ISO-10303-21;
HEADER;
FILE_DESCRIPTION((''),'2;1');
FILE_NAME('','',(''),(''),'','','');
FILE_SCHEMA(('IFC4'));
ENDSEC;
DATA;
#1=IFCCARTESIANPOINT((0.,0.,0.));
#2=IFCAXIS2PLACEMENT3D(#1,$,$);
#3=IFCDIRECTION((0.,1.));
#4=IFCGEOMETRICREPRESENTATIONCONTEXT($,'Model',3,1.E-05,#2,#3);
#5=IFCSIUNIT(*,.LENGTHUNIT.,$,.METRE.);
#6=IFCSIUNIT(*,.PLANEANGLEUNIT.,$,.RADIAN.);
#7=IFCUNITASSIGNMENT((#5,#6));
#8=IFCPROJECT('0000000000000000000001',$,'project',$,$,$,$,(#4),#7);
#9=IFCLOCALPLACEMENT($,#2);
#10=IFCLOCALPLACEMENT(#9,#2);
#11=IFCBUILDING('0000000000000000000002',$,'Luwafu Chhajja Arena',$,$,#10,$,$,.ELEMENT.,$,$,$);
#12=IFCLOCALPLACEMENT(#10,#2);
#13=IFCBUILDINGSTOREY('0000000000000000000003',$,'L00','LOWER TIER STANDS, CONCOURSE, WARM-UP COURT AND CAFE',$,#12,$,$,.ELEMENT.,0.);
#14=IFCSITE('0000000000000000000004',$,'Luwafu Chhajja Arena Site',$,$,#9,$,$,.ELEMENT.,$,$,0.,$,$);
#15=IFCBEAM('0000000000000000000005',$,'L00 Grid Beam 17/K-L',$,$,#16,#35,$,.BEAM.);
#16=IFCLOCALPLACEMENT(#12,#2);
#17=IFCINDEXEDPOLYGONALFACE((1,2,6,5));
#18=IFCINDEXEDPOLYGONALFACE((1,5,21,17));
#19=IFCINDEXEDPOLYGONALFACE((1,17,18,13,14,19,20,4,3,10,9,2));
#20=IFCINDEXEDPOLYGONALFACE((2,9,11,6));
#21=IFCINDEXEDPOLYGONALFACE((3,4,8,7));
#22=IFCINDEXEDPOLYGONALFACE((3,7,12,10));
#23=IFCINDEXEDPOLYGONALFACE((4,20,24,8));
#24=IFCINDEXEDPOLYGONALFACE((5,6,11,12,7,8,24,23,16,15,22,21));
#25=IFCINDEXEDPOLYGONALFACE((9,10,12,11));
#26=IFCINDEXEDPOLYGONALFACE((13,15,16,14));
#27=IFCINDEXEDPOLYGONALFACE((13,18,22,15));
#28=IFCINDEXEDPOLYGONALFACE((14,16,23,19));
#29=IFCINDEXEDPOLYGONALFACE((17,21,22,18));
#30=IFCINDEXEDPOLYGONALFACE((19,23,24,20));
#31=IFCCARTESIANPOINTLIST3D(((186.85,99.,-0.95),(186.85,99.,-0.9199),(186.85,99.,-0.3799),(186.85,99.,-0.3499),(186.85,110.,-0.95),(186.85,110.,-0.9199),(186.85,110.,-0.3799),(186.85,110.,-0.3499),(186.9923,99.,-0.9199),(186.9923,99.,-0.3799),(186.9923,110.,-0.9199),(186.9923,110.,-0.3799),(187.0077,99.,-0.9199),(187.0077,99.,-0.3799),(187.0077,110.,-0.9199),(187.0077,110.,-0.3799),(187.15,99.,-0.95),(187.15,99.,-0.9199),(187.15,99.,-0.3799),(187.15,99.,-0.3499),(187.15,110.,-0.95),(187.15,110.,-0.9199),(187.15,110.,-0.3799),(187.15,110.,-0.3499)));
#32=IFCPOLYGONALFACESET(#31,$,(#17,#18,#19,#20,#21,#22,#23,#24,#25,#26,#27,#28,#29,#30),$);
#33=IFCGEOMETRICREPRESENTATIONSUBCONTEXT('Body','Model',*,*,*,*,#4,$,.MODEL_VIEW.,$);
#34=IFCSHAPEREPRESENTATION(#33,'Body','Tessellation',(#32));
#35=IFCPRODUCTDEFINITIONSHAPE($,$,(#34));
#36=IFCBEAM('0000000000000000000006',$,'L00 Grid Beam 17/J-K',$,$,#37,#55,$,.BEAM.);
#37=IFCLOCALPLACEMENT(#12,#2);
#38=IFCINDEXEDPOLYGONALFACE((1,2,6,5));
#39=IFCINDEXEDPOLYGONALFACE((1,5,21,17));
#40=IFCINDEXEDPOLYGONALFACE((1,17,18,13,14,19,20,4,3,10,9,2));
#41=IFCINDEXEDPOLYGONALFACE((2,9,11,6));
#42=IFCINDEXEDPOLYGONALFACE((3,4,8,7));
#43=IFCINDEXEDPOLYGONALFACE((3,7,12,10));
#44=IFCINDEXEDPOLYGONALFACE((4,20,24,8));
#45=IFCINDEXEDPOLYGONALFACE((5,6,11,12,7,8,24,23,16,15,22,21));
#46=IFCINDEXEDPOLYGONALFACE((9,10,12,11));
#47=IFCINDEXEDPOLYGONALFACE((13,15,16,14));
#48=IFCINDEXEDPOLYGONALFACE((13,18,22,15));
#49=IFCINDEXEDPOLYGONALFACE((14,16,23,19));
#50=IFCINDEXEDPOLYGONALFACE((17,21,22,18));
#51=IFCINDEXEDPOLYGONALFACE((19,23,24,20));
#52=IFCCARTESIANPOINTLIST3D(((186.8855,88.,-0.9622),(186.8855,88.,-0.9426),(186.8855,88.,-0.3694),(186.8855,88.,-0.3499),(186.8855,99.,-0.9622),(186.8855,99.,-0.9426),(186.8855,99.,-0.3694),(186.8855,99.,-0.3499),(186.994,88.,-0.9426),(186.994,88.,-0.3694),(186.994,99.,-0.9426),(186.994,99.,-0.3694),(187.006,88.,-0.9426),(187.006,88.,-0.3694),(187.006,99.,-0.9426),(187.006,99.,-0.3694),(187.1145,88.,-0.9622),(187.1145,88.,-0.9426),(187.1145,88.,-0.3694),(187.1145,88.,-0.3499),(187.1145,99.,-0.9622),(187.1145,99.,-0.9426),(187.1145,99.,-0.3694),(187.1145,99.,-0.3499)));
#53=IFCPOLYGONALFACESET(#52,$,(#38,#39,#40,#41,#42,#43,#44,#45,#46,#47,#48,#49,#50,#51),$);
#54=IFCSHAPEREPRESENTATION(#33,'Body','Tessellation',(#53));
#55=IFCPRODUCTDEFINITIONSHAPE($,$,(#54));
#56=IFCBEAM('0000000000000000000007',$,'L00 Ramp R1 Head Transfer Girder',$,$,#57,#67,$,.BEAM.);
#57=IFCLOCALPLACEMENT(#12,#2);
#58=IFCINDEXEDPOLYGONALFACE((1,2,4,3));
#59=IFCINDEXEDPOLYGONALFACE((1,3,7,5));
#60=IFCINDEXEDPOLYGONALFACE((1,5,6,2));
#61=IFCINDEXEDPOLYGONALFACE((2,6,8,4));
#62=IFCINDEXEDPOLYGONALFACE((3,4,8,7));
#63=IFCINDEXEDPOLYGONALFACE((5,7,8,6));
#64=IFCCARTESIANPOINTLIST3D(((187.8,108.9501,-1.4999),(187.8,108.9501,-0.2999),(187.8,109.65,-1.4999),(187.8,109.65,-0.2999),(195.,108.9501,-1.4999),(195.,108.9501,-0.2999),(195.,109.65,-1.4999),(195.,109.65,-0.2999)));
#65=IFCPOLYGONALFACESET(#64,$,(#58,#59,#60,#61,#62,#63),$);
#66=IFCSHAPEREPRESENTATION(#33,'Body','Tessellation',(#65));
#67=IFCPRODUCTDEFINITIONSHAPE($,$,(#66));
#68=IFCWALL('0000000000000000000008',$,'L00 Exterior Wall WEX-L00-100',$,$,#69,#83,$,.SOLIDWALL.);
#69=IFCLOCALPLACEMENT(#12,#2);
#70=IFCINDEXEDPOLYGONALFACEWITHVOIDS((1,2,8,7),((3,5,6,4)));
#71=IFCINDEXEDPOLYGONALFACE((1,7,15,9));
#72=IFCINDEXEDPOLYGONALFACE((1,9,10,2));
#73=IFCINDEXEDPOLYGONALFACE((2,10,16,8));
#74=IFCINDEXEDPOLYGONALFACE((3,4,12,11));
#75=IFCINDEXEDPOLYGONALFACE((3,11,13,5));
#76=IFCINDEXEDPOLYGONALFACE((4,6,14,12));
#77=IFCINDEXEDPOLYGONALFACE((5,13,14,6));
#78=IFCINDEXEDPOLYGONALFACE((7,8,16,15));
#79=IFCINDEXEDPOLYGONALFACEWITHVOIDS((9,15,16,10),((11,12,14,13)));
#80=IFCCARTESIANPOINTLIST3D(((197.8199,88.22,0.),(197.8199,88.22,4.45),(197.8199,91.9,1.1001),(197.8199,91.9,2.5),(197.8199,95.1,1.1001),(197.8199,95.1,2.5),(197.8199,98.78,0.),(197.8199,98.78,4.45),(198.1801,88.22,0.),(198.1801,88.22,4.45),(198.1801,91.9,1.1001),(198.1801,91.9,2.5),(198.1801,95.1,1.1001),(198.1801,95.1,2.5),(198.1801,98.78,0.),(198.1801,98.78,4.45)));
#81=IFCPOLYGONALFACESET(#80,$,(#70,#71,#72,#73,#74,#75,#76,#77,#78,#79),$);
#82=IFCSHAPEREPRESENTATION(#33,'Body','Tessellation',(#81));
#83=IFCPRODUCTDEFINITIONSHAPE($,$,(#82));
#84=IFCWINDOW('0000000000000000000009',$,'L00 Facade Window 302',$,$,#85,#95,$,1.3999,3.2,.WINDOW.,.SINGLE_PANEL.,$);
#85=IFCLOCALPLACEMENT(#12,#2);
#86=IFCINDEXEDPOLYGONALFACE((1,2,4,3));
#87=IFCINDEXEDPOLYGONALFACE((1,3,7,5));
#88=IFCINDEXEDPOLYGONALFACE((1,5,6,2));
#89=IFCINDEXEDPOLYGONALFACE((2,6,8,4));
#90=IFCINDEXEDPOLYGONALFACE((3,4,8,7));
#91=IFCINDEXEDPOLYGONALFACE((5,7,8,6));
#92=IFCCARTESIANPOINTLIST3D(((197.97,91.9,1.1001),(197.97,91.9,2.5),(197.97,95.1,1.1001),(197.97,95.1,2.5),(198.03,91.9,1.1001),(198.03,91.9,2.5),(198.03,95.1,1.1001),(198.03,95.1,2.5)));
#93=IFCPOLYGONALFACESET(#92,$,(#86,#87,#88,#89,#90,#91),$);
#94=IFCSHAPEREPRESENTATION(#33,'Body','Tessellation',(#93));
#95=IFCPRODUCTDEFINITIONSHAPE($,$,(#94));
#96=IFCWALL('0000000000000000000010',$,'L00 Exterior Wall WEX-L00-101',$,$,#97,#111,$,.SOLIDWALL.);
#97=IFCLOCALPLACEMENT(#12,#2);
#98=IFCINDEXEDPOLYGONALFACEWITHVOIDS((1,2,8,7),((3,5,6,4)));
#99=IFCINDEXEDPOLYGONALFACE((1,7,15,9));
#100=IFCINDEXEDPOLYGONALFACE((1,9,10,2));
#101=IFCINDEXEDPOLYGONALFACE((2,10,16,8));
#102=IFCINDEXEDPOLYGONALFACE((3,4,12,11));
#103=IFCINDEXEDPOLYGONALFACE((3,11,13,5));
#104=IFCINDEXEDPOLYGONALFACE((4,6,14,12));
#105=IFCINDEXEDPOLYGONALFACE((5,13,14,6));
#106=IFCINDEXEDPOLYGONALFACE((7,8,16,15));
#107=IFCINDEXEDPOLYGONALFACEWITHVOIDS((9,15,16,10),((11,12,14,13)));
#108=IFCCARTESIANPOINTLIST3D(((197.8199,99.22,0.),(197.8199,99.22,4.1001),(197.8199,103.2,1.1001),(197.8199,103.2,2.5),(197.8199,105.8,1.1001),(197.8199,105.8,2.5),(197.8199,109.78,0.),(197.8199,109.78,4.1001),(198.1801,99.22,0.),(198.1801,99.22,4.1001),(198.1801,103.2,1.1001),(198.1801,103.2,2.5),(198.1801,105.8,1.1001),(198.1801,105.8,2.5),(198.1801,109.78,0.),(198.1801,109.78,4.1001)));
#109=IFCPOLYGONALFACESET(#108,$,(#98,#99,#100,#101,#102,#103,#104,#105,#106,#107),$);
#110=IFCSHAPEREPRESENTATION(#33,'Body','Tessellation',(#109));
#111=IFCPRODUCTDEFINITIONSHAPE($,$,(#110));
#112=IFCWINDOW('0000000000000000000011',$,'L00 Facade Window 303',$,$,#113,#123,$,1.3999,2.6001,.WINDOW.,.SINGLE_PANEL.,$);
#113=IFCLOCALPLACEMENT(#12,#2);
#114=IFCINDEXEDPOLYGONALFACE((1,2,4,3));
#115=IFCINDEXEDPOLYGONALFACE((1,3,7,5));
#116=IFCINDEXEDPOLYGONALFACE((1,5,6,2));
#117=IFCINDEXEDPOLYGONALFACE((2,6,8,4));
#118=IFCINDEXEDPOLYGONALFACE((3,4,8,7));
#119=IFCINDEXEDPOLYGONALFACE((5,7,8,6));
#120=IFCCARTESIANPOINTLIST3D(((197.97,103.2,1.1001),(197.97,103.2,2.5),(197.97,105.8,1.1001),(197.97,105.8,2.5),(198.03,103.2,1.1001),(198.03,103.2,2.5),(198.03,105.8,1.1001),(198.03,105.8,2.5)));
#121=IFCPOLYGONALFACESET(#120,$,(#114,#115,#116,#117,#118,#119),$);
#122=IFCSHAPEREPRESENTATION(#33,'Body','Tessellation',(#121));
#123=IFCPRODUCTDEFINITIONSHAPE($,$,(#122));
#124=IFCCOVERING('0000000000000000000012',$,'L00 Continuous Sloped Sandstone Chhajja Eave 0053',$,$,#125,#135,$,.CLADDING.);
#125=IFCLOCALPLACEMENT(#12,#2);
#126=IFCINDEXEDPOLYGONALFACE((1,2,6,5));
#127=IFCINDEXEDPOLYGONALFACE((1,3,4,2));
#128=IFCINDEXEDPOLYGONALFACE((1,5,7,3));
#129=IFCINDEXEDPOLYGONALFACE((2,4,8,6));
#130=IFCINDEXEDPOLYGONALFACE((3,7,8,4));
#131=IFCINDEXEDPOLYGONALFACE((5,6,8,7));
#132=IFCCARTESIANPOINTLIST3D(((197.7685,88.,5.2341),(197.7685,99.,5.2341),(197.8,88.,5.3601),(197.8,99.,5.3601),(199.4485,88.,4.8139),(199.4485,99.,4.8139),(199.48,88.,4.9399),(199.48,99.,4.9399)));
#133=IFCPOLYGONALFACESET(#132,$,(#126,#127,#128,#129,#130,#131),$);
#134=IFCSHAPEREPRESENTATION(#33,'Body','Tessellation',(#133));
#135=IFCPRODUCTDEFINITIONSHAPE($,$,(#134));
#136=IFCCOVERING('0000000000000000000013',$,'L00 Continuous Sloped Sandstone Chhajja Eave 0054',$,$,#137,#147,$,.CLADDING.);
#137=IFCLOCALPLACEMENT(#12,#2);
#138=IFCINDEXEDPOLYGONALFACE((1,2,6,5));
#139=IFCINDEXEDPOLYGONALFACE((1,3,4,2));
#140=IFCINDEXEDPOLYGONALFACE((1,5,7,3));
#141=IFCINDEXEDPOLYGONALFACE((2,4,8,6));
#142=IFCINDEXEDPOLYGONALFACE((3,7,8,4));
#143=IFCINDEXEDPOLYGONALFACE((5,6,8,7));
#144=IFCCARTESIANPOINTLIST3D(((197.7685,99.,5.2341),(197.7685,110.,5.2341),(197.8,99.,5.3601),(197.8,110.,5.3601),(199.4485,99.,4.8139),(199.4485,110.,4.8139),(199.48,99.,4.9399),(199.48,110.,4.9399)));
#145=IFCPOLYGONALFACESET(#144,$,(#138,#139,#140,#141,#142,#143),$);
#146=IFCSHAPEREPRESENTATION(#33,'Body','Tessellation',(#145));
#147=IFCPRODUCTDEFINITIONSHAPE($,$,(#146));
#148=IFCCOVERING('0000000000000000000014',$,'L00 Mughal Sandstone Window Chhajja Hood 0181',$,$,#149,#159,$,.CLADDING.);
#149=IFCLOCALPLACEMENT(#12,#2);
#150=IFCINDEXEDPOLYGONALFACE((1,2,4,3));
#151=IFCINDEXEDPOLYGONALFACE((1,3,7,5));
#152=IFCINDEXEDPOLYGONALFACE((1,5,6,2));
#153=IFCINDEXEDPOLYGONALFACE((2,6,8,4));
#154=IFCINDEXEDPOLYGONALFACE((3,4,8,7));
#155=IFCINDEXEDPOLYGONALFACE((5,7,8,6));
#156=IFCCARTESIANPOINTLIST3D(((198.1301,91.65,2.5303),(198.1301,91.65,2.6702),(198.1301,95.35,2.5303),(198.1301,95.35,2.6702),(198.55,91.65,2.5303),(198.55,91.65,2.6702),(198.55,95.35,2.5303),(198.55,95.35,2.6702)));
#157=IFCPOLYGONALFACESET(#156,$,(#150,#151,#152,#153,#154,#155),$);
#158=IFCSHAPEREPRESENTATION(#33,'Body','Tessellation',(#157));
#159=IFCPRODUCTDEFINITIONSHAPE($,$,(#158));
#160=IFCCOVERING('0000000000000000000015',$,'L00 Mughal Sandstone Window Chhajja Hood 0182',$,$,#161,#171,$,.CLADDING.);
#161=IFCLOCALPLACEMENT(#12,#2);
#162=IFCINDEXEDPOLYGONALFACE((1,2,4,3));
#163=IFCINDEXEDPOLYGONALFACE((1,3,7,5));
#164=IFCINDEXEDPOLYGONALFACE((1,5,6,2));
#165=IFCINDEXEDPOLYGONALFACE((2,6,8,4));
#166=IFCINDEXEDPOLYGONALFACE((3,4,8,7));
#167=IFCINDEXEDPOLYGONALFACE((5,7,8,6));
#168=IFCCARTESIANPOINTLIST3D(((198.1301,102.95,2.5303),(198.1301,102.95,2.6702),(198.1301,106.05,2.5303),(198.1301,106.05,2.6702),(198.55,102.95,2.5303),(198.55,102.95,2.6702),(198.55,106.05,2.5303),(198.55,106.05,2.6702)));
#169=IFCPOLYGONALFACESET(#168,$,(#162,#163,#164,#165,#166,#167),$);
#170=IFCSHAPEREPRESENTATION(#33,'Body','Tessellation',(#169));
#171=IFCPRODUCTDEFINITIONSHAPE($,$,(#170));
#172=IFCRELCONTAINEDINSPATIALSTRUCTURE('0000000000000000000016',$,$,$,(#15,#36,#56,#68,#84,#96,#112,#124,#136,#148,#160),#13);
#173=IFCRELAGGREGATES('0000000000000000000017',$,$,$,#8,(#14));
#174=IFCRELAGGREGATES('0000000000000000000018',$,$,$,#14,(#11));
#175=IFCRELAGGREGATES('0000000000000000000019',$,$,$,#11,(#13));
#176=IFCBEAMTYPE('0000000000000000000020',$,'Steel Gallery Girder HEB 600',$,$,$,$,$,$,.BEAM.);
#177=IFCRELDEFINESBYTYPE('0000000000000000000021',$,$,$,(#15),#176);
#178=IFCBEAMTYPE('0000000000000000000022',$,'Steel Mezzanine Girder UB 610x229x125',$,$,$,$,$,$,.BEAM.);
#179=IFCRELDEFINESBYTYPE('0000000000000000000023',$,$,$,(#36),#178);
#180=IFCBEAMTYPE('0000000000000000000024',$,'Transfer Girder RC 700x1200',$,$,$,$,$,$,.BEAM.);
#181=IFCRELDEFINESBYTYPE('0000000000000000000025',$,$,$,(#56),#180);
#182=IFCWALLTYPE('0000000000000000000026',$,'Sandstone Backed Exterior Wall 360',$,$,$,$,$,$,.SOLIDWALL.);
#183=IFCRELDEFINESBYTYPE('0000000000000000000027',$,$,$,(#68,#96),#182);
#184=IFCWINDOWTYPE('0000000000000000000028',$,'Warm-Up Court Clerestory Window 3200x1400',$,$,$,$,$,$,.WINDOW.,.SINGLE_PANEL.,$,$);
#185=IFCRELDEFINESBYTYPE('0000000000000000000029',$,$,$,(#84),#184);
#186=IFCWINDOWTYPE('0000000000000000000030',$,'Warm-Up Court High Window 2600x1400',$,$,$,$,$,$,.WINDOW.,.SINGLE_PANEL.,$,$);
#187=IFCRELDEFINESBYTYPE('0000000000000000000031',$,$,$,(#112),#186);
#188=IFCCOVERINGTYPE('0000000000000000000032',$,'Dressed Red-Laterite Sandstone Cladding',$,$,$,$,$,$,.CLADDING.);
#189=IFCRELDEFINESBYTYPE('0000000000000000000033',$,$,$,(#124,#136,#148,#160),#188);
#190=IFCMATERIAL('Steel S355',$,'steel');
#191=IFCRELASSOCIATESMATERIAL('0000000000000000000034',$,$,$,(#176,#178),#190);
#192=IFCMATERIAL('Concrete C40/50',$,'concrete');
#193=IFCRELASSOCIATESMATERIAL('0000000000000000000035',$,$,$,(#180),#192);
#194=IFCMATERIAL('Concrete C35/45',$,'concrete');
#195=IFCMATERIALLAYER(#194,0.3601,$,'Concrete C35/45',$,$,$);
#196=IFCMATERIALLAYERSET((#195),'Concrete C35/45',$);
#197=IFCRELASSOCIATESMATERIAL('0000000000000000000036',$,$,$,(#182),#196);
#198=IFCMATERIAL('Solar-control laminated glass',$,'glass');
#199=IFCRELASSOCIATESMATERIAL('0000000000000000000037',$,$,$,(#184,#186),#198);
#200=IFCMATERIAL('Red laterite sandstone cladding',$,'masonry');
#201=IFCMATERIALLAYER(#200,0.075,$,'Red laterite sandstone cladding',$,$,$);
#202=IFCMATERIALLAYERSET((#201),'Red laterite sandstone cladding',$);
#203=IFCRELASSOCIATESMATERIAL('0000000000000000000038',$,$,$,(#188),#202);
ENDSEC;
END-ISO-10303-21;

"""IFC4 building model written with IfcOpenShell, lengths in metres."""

from ifc_helpers import new_model, si_unit, direction, frame, frame_2d, origin, origin_2d, place, context, subcontext, project, spatial, polyline, rectangle, i_section, outline, extrude, material, layer, layer_set, material_profile, profile_set, type_object, element, fill, save


model = new_model("IFC4")

# Units and contexts
model_context = context("Model", 3, precision=1e-05, world=origin(), true_north=direction((0.0, 1.0)))
body_context = subcontext(model_context, "Body", "Model", "MODEL_VIEW")
ifc_project = project(units=[si_unit("LENGTHUNIT", "METRE"), si_unit("PLANEANGLEUNIT", "RADIAN")], contexts=[model_context])

# Site, building, storey
site_placement = place(None, origin())
site = spatial("IfcSite", under=ifc_project, at=site_placement, Name="Luwafu Chhajja Arena Site", CompositionType="ELEMENT", RefElevation=0.0)
building_placement = place(site_placement, origin())
building = spatial("IfcBuilding", under=site, at=building_placement, Name="Luwafu Chhajja Arena", CompositionType="ELEMENT")
storey_placement = place(building_placement, origin())
storey = spatial("IfcBuildingStorey", under=building, at=storey_placement, Name="L00", Description="LOWER TIER STANDS, CONCOURSE, WARM-UP COURT AND CAFE", CompositionType="ELEMENT", Elevation=0.0)

# Shared definitions
ifc_material_1 = material(Name="Concrete C35/45", Category="concrete")
ifc_material_2 = material(Name="Concrete C40/50", Category="concrete")

# Beams
ifc_material_3 = material(Name="Steel S355", Category="steel")
ifc_material_profile_1 = material_profile(ifc_material_3, i_section(OverallWidth=0.3, OverallDepth=0.6001, WebThickness=0.0154, FlangeThickness=0.03, at=origin_2d()), Name="HEB 600")
ifc_profile_set_1 = profile_set([ifc_material_profile_1], Name="Steel S355")
beam_type_1 = type_object("IfcBeamType", Name="Steel Gallery Girder HEB 600", PredefinedType="BEAM", material=ifc_profile_set_1)
beam_1_placement = place(storey_placement, frame((187.0, 99.0, -0.6499), z_axis=(0.0, 1.0, 0.0), x_axis=(-1.0, 0.0, 0.0)))
element("IfcBeam", 1, at=beam_1_placement, inside=storey, type_object=beam_type_1, Name="L00 Grid Beam 17/K-L", PredefinedType="BEAM", context=body_context, shape_type="SweptSolid", body=[
    extrude(i_section(OverallWidth=0.3, OverallDepth=0.6001, WebThickness=0.0154, FlangeThickness=0.03, at=origin_2d()), origin(), (0.0, 0.0, 1.0), 11.0),
])
ifc_material_profile_2 = material_profile(ifc_material_3, i_section(OverallWidth=0.229, OverallDepth=0.6123, WebThickness=0.012, FlangeThickness=0.0195, at=origin_2d()), Name="UB 610x229x125")
ifc_profile_set_2 = profile_set([ifc_material_profile_2], Name="Steel S355")
beam_type_2 = type_object("IfcBeamType", Name="Steel Mezzanine Girder UB 610x229x125", PredefinedType="BEAM", material=ifc_profile_set_2)
beam_2_placement = place(storey_placement, frame((187.0, 88.0, -0.656), z_axis=(0.0, 1.0, 0.0), x_axis=(-1.0, 0.0, 0.0)))
element("IfcBeam", 2, at=beam_2_placement, inside=storey, type_object=beam_type_2, Name="L00 Grid Beam 17/J-K", PredefinedType="BEAM", context=body_context, shape_type="SweptSolid", body=[
    extrude(i_section(OverallWidth=0.229, OverallDepth=0.6123, WebThickness=0.012, FlangeThickness=0.0195, at=origin_2d()), origin(), (0.0, 0.0, 1.0), 11.0),
])
ifc_material_profile_3 = material_profile(ifc_material_2, rectangle(XDim=0.7, YDim=1.2, at=origin_2d()), Name="PC 700x1200")
ifc_profile_set_3 = profile_set([ifc_material_profile_3], Name="Concrete C40/50")
beam_type_3 = type_object("IfcBeamType", Name="Transfer Girder RC 700x1200", PredefinedType="BEAM", material=ifc_profile_set_3)
beam_3_placement = place(storey_placement, frame((187.8, 109.3, -0.8999), z_axis=(1.0, 0.0, 0.0), x_axis=(0.0, 1.0, 0.0)))
element("IfcBeam", 3, at=beam_3_placement, inside=storey, type_object=beam_type_3, Name="L00 Ramp R1 Head Transfer Girder", PredefinedType="BEAM", context=body_context, shape_type="SweptSolid", body=[
    extrude(rectangle(XDim=0.7, YDim=1.2, at=origin_2d()), origin(), (0.0, 0.0, 1.0), 7.2),
])

# Walls, openings, windows
ifc_layer_1 = layer(ifc_material_1, 0.3601, Name="Concrete C35/45")
ifc_layer_set_1 = layer_set([ifc_layer_1], Name="Concrete C35/45")
wall_type = type_object("IfcWallType", Name="Sandstone Backed Exterior Wall 360", PredefinedType="SOLIDWALL", material=ifc_layer_set_1)
wall_1_placement = place(storey_placement, frame((198.0, 88.22, 0.0), z_axis=(0.0, 0.0, 1.0), x_axis=(0.0, 1.0, 0.0)))
wall_1 = element("IfcWall", 4, at=wall_1_placement, inside=storey, type_object=wall_type, Name="L00 Exterior Wall WEX-L00-100", PredefinedType="SOLIDWALL", context=body_context, shape_type="SweptSolid", body=[
    extrude(rectangle(XDim=10.5601, YDim=0.3601, at=frame_2d((5.28, 0.0))), origin(), (0.0, 0.0, 1.0), 4.45),
])
opening_1_placement = place(wall_1_placement, frame((3.6799, 0.0, 1.1001)))
opening_1 = element("IfcOpeningElement", 5, at=opening_1_placement, cuts=wall_1, PredefinedType="OPENING", context=body_context, shape_type="SweptSolid", body=[
    extrude(rectangle(XDim=3.2, YDim=1.3999, at=frame_2d((1.6001, 0.7))), frame((0.0, 0.1899, 0.0), z_axis=(0.0, -1.0, 0.0), x_axis=(1.0, 0.0, 0.0)), (0.0, 0.0, 1.0), 0.3801),
])
ifc_material_4 = material(Name="Solar-control laminated glass", Category="glass")
window_type_1 = type_object("IfcWindowType", Name="Warm-Up Court Clerestory Window 3200x1400", PartitioningType="SINGLE_PANEL", PredefinedType="WINDOW", material=ifc_material_4)
window_1_placement = place(opening_1_placement, origin())
window_1 = element("IfcWindow", 6, at=window_1_placement, inside=storey, type_object=window_type_1, Name="L00 Facade Window 302", OverallHeight=1.3999, OverallWidth=3.2, PartitioningType="SINGLE_PANEL", PredefinedType="WINDOW", context=body_context, shape_type="SweptSolid", body=[
    extrude(rectangle(XDim=3.2, YDim=1.3999, at=frame_2d((1.6001, 0.7))), frame((0.0, 0.03, 0.0), z_axis=(0.0, -1.0, 0.0), x_axis=(1.0, 0.0, 0.0)), (0.0, 0.0, 1.0), 0.0601),
])
fill(opening_1, window_1)
wall_2_placement = place(storey_placement, frame((198.0, 99.22, 0.0), z_axis=(0.0, 0.0, 1.0), x_axis=(0.0, 1.0, 0.0)))
wall_2 = element("IfcWall", 7, at=wall_2_placement, inside=storey, type_object=wall_type, Name="L00 Exterior Wall WEX-L00-101", PredefinedType="SOLIDWALL", context=body_context, shape_type="SweptSolid", body=[
    extrude(rectangle(XDim=10.5601, YDim=0.3601, at=frame_2d((5.28, 0.0))), origin(), (0.0, 0.0, 1.0), 4.1001),
])
opening_2_placement = place(wall_2_placement, frame((3.98, 0.0, 1.1001)))
opening_2 = element("IfcOpeningElement", 8, at=opening_2_placement, cuts=wall_2, PredefinedType="OPENING", context=body_context, shape_type="SweptSolid", body=[
    extrude(rectangle(XDim=2.6001, YDim=1.3999, at=frame_2d((1.3, 0.7))), frame((0.0, 0.1899, 0.0), z_axis=(0.0, -1.0, 0.0), x_axis=(1.0, 0.0, 0.0)), (0.0, 0.0, 1.0), 0.3801),
])
window_type_2 = type_object("IfcWindowType", Name="Warm-Up Court High Window 2600x1400", PartitioningType="SINGLE_PANEL", PredefinedType="WINDOW", material=ifc_material_4)
window_2_placement = place(opening_2_placement, origin())
window_2 = element("IfcWindow", 9, at=window_2_placement, inside=storey, type_object=window_type_2, Name="L00 Facade Window 303", OverallHeight=1.3999, OverallWidth=2.6001, PartitioningType="SINGLE_PANEL", PredefinedType="WINDOW", context=body_context, shape_type="SweptSolid", body=[
    extrude(rectangle(XDim=2.6001, YDim=1.3999, at=frame_2d((1.3, 0.7))), frame((0.0, 0.03, 0.0), z_axis=(0.0, -1.0, 0.0), x_axis=(1.0, 0.0, 0.0)), (0.0, 0.0, 1.0), 0.0601),
])
fill(opening_2, window_2)

# Coverings
ifc_material_5 = material(Name="Red laterite sandstone cladding", Category="masonry")
ifc_layer_2 = layer(ifc_material_5, 0.075, Name="Red laterite sandstone cladding")
ifc_layer_set_2 = layer_set([ifc_layer_2], Name="Red laterite sandstone cladding")
covering_type = type_object("IfcCoveringType", Name="Dressed Red-Laterite Sandstone Cladding", PredefinedType="CLADDING", material=ifc_layer_set_2)
for number, where, z_axis, x_axis, name in (
    (10, (197.8, 88.0, 5.3601), (0.242635, 0.0, 0.970118), (0.0, 1.0, 0.0), "L00 Continuous Sloped Sandstone Chhajja Eave 0053"),
    (11, (197.8, 99.0, 5.3601), (0.242635, 0.0, 0.970118), (0.0, 1.0, 0.0), "L00 Continuous Sloped Sandstone Chhajja Eave 0054"),
):
    element("IfcCovering", number, at=place(storey_placement, frame(where, z_axis=z_axis, x_axis=x_axis)), inside=storey, type_object=covering_type, Name=name, PredefinedType="CLADDING", context=body_context, shape_type="SweptSolid", body=[
        extrude(outline(polyline([(0.0, 0.0), (11.0, 0.0), (11.0, -1.7317), (0.0, -1.7317), (0.0, 0.0)])), origin(), (0.0, 0.0, -1.0), 0.1299),
    ])
covering_1_placement = place(storey_placement, frame((198.3401, 93.5, 2.5303), z_axis=(0.0, 0.0, 1.0), x_axis=(0.0, 1.0, 0.0)))
element("IfcCovering", 12, at=covering_1_placement, inside=storey, type_object=covering_type, Name="L00 Mughal Sandstone Window Chhajja Hood 0181", PredefinedType="CLADDING", context=body_context, shape_type="SweptSolid", body=[
    extrude(rectangle(XDim=3.7, YDim=0.4199, at=origin_2d()), origin(), (0.0, 0.0, 1.0), 0.1399),
])
covering_2_placement = place(storey_placement, frame((198.3401, 104.5, 2.5303), z_axis=(0.0, 0.0, 1.0), x_axis=(0.0, 1.0, 0.0)))
element("IfcCovering", 13, at=covering_2_placement, inside=storey, type_object=covering_type, Name="L00 Mughal Sandstone Window Chhajja Hood 0182", PredefinedType="CLADDING", context=body_context, shape_type="SweptSolid", body=[
    extrude(rectangle(XDim=3.1001, YDim=0.4199, at=origin_2d()), origin(), (0.0, 0.0, 1.0), 0.1399),
])

save(model, "model.ifc")
